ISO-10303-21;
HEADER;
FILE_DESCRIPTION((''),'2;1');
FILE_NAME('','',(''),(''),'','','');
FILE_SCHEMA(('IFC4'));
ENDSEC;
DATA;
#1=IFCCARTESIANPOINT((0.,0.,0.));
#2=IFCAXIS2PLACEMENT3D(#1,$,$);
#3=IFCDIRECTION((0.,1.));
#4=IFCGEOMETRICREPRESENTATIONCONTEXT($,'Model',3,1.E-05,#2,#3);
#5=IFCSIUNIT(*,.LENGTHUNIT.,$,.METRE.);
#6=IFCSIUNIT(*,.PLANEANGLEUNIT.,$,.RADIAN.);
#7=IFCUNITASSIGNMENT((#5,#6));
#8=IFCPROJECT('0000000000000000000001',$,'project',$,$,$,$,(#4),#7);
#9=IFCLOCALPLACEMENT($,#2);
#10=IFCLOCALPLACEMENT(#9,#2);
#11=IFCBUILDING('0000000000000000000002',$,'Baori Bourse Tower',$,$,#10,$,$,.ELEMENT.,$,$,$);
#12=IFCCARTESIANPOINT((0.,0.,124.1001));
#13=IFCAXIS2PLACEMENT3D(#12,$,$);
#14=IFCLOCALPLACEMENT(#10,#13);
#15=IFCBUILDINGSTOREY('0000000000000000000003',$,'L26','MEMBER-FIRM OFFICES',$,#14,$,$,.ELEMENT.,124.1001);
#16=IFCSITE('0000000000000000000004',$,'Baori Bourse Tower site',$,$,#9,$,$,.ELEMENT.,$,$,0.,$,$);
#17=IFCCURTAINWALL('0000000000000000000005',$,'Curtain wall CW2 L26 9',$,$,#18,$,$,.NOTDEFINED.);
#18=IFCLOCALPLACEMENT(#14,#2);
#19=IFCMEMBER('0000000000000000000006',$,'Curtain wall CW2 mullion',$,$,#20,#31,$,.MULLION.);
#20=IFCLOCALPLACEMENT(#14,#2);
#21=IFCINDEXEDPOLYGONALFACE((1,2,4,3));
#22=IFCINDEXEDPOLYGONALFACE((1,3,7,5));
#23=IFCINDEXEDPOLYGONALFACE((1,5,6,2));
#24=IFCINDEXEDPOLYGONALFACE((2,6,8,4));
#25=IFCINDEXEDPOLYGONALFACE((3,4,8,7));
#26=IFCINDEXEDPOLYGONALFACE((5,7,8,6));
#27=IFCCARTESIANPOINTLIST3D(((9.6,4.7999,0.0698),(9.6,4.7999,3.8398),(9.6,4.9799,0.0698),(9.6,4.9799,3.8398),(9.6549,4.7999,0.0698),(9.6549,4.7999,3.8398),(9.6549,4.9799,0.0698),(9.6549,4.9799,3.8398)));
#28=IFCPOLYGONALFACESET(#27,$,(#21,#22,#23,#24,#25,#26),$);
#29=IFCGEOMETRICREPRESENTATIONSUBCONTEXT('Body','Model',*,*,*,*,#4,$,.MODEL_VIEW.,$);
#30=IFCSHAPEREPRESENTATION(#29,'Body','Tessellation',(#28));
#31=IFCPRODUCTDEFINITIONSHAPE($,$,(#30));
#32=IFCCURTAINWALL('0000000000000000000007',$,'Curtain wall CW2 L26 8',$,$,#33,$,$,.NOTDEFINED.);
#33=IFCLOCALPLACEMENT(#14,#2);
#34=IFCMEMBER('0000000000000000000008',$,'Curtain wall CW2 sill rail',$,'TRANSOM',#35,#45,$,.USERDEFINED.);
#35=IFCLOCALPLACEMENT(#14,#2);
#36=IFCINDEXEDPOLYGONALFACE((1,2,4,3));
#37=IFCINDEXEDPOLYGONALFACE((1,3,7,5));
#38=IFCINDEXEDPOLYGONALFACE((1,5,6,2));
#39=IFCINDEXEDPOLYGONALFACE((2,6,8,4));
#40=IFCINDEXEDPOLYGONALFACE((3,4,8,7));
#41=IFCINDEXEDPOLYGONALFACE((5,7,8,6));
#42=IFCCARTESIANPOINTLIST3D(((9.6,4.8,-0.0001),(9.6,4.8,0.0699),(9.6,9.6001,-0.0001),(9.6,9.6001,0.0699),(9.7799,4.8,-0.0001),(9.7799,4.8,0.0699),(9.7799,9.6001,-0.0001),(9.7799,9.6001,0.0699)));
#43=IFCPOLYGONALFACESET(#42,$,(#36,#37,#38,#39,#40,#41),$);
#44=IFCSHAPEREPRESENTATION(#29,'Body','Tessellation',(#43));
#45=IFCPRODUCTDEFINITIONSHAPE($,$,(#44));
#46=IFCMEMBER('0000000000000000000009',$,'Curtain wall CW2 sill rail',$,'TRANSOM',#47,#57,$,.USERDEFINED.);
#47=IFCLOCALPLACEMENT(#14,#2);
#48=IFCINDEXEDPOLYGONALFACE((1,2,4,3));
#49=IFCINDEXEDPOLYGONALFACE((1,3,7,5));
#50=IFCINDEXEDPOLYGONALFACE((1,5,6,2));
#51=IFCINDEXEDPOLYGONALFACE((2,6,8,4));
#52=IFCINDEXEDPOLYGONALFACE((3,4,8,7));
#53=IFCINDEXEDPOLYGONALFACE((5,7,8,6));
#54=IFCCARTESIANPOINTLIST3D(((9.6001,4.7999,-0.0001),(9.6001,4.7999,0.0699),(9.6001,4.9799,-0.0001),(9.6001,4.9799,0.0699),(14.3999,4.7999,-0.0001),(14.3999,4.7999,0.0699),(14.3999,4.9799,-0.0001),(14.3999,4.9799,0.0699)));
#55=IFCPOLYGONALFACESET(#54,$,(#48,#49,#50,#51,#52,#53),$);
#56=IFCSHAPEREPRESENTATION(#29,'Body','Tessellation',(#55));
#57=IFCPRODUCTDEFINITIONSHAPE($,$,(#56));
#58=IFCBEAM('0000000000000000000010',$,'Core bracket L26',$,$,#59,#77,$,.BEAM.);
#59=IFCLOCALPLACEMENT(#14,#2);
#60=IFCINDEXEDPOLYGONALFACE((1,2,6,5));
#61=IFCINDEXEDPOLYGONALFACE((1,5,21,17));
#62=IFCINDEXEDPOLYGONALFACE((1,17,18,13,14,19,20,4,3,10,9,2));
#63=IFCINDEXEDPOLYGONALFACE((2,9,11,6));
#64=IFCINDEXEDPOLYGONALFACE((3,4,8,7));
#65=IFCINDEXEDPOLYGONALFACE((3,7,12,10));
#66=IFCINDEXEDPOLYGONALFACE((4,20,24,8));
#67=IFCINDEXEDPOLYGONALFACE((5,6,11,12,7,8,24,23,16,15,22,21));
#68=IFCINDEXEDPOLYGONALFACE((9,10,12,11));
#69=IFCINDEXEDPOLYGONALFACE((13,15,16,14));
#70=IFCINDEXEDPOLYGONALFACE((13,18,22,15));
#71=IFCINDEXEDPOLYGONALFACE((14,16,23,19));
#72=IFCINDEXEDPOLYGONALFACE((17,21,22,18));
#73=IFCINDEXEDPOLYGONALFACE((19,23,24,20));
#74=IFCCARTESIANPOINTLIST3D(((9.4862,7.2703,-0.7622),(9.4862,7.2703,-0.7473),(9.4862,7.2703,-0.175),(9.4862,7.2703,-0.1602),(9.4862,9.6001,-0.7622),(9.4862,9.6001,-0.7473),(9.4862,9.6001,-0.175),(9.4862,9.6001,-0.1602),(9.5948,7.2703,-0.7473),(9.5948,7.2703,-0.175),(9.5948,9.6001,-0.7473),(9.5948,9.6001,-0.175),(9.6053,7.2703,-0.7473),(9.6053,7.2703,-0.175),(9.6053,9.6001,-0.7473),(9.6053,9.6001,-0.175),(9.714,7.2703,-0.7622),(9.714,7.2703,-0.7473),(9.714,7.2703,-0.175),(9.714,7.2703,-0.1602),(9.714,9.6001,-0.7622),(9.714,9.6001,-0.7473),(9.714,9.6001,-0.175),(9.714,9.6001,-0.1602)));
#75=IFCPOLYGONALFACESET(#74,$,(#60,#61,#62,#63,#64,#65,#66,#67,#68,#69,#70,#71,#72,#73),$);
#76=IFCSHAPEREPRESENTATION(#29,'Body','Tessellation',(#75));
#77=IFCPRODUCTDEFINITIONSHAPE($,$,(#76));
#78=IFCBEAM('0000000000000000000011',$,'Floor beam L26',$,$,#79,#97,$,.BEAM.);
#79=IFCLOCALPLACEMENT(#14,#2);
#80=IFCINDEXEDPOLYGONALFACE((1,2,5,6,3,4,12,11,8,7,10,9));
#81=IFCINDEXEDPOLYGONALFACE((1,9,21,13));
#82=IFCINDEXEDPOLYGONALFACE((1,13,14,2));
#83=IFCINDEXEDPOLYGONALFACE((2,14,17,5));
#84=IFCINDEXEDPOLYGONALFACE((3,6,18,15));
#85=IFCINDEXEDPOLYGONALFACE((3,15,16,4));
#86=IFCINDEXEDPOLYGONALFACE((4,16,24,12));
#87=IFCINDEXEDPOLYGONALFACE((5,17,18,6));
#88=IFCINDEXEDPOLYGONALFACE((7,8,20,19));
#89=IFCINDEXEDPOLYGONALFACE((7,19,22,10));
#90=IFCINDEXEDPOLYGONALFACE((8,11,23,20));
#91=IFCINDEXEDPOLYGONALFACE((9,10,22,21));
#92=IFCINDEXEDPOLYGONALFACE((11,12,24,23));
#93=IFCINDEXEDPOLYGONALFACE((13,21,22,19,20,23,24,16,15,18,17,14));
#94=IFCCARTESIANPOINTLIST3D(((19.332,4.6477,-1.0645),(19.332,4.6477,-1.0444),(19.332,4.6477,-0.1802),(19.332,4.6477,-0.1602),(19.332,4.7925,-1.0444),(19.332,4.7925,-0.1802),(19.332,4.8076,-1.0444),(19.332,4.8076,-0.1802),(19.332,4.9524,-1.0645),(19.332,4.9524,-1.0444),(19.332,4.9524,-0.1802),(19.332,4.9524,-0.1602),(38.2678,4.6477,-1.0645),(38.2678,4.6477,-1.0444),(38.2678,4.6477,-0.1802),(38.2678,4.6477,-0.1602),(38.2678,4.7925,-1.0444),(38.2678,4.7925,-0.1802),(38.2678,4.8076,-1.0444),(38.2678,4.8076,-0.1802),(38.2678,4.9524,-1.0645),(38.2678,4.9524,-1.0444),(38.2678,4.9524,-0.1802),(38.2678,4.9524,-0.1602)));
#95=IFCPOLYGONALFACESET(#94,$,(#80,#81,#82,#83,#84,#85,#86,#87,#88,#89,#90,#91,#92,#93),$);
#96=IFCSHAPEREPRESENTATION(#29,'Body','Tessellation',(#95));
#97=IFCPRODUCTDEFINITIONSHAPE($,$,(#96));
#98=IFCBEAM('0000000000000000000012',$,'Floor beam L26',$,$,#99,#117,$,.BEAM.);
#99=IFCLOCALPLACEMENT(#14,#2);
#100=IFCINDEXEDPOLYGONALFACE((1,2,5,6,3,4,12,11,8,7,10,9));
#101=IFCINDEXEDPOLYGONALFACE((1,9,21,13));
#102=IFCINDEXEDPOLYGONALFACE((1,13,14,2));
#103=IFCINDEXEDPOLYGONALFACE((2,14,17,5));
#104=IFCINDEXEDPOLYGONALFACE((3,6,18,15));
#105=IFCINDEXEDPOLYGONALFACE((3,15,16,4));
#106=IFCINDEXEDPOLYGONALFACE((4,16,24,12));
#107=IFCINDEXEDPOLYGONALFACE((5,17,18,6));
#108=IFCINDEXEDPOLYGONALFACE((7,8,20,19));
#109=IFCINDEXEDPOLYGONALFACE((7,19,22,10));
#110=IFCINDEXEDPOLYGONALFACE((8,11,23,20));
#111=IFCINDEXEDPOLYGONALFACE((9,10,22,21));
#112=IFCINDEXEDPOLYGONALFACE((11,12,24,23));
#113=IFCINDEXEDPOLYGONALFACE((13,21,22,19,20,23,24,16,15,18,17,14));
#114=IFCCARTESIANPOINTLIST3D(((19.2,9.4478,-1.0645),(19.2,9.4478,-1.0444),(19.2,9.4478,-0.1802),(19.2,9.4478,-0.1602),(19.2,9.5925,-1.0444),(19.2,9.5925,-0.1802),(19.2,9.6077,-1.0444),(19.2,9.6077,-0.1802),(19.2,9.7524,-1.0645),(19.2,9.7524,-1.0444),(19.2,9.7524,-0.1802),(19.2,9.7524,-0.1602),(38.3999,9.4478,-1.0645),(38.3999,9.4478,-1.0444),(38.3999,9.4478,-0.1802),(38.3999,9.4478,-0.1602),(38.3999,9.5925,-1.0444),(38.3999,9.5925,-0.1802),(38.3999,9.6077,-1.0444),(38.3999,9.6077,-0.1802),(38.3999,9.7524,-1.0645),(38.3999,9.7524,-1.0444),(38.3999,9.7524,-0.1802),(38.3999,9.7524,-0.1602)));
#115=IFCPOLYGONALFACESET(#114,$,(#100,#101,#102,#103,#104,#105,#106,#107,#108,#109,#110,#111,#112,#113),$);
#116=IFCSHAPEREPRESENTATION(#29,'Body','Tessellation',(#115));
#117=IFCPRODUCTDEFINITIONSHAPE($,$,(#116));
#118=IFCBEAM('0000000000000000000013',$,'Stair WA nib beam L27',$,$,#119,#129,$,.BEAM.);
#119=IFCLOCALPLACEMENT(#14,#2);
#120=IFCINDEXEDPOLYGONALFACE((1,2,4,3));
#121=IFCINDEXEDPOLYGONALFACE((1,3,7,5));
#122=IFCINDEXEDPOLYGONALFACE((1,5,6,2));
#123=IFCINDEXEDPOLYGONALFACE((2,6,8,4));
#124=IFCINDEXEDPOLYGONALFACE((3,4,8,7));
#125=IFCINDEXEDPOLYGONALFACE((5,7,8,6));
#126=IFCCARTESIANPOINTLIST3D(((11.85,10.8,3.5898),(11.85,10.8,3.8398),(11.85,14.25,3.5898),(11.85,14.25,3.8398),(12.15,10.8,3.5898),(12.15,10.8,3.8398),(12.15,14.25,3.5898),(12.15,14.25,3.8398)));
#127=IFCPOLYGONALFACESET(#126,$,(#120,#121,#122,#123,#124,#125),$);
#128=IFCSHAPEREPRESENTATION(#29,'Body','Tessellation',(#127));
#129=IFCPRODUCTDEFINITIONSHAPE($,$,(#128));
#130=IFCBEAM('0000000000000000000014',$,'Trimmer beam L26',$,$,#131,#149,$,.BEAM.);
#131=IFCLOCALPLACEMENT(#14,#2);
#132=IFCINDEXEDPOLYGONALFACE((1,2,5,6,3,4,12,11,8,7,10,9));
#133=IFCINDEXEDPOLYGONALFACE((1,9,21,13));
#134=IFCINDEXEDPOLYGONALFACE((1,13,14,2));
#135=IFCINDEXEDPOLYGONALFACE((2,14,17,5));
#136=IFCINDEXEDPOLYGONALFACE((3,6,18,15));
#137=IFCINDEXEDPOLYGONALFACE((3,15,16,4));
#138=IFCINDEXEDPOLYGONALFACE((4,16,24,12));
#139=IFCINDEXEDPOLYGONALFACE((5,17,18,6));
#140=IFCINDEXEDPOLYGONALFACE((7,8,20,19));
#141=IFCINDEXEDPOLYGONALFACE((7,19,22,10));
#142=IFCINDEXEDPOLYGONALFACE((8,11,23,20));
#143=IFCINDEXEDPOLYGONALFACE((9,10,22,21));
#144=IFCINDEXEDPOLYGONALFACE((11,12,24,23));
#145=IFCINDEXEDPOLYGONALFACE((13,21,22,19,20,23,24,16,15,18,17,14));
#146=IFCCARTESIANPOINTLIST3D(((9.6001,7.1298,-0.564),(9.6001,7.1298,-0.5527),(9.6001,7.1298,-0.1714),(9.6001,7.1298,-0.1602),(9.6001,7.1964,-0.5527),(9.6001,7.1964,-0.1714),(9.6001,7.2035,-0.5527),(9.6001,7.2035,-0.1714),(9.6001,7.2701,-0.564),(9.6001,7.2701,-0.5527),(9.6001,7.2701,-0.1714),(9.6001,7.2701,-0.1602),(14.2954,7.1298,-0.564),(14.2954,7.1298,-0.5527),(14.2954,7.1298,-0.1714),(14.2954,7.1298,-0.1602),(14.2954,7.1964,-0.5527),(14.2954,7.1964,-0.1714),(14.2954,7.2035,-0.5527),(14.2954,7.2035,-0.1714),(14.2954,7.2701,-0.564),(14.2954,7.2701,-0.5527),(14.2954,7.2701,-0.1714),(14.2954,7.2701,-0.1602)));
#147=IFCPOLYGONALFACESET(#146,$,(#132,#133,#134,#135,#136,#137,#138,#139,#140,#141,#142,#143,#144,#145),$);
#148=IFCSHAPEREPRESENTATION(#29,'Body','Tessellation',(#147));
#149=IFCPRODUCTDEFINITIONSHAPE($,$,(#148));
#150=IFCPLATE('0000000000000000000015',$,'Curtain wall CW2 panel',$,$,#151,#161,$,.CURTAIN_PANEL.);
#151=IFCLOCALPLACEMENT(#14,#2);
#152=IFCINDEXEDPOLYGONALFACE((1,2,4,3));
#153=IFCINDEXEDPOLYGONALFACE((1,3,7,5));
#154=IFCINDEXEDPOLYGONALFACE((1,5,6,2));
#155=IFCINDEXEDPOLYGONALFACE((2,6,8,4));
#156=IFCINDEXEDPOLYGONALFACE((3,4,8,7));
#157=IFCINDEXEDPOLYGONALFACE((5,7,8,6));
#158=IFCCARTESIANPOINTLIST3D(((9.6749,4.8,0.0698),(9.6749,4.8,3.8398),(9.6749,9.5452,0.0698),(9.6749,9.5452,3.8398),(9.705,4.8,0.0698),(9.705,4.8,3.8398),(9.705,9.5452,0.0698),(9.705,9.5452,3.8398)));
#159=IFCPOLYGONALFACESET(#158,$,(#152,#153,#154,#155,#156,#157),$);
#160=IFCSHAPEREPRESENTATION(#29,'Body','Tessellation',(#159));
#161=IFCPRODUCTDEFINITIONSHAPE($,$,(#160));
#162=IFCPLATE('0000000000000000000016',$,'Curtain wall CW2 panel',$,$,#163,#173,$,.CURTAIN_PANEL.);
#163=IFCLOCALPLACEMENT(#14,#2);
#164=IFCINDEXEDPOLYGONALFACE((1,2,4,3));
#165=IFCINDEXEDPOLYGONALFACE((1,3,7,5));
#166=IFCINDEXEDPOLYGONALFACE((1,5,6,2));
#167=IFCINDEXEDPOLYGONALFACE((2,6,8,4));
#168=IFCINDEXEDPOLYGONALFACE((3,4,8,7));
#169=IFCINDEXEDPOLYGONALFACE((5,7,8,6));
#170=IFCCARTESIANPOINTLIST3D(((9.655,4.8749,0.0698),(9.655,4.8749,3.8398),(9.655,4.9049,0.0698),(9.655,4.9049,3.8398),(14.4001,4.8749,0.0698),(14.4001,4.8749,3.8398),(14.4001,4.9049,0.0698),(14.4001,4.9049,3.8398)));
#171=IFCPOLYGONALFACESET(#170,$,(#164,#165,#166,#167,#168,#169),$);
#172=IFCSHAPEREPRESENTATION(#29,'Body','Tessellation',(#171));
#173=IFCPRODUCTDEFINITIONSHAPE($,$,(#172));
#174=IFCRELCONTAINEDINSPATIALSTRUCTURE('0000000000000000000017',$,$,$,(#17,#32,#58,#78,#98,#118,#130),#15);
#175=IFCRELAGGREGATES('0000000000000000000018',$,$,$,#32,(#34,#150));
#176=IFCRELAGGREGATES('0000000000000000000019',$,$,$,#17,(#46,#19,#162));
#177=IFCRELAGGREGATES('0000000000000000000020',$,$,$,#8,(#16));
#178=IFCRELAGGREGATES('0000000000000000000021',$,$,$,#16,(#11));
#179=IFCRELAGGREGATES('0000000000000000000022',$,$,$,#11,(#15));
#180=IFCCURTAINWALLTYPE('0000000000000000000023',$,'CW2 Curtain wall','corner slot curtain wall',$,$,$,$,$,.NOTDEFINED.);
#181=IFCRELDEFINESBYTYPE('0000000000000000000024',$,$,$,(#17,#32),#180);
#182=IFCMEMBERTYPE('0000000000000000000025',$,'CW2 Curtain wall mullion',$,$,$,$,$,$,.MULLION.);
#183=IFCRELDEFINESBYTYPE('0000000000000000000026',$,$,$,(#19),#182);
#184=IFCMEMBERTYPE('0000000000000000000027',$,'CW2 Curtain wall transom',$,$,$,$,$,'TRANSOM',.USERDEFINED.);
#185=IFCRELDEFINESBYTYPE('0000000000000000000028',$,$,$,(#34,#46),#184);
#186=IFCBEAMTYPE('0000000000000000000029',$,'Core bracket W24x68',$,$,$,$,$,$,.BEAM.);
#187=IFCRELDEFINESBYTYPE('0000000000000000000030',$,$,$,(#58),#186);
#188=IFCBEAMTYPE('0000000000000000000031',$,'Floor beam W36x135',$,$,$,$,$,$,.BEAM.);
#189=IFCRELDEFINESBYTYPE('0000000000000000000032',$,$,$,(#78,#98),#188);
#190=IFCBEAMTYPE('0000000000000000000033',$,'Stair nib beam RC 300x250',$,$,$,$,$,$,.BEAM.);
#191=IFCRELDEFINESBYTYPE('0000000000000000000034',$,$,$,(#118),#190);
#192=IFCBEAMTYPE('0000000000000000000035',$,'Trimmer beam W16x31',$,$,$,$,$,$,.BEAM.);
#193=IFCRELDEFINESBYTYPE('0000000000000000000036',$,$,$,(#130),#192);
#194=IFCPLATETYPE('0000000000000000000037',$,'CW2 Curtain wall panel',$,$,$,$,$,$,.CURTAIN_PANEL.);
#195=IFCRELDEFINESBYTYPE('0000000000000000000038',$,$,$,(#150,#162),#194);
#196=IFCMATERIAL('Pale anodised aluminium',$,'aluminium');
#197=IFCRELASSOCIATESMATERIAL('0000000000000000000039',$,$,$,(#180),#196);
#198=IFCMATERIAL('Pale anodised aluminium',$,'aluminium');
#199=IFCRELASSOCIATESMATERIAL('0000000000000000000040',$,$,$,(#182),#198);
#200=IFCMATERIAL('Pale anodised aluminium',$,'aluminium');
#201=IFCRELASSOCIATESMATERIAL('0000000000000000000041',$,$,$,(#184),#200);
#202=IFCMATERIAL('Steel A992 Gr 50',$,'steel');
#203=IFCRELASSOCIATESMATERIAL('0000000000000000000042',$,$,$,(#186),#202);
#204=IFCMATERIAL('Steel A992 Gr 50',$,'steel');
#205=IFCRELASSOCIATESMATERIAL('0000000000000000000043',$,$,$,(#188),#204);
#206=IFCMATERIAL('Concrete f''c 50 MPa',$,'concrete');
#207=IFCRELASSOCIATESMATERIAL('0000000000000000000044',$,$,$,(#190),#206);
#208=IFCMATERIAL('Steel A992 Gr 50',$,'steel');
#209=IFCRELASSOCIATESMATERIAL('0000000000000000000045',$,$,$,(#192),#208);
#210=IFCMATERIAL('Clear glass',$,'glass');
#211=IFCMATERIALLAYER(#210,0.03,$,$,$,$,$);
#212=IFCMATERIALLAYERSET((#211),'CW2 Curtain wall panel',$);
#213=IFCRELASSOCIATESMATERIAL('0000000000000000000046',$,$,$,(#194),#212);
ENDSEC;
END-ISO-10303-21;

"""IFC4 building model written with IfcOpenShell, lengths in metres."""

from ifc_helpers import new_model, si_unit, direction, frame, origin, origin_2d, place, context, subcontext, project, spatial, rectangle, i_section, extrude, material, layer, layer_set, material_profile, profile_set, type_object, element, aggregate, save


model = new_model("IFC4")

# Units and contexts
model_context = context("Model", 3, precision=1e-05, world=origin(), true_north=direction((0.0, 1.0)))
body_context = subcontext(model_context, "Body", "Model", "MODEL_VIEW")
ifc_project = project(units=[si_unit("LENGTHUNIT", "METRE"), si_unit("PLANEANGLEUNIT", "RADIAN")], contexts=[model_context])

# Site, building, storey
site_placement = place(None, origin())
site = spatial("IfcSite", under=ifc_project, at=site_placement, Name="Baori Bourse Tower site", CompositionType="ELEMENT", RefElevation=0.0)
building_placement = place(site_placement, origin())
building = spatial("IfcBuilding", under=site, at=building_placement, Name="Baori Bourse Tower", CompositionType="ELEMENT")
storey_placement = place(building_placement, frame((0.0, 0.0, 124.1001)))
storey = spatial("IfcBuildingStorey", under=building, at=storey_placement, Name="L26", Description="MEMBER-FIRM OFFICES", CompositionType="ELEMENT", Elevation=124.1001)

# Curtain walls, members
ifc_material_1 = material(Name="Pale anodised aluminium", Category="aluminium")
curtain_wall_type = type_object("IfcCurtainWallType", Name="CW2 Curtain wall", Description="corner slot curtain wall", PredefinedType="NOTDEFINED", material=ifc_material_1)
curtain_wall_1_placement = place(storey_placement, origin())
curtain_wall_1 = element("IfcCurtainWall", 1, at=curtain_wall_1_placement, inside=storey, type_object=curtain_wall_type, Name="Curtain wall CW2 L26 9", PredefinedType="NOTDEFINED")
ifc_material_2 = material(Name="Pale anodised aluminium", Category="aluminium")
ifc_material_profile_1 = material_profile(ifc_material_2, rectangle(XDim=0.1799, YDim=0.0549, at=origin_2d()), Name="Mullion 55x180")
ifc_profile_set_1 = profile_set([ifc_material_profile_1], Name="Pale anodised aluminium")
member_type_1 = type_object("IfcMemberType", Name="CW2 Curtain wall mullion", PredefinedType="MULLION", material=ifc_profile_set_1)
member_1_placement = place(storey_placement, frame((9.6274, 4.8899, 0.0698), z_axis=(0.0, 0.0, 1.0), x_axis=(0.0, 1.0, 0.0)))
member_1 = element("IfcMember", 2, at=member_1_placement, type_object=member_type_1, Name="Curtain wall CW2 mullion", PredefinedType="MULLION", context=body_context, shape_type="SweptSolid", body=[
    extrude(rectangle(XDim=0.1799, YDim=0.0549, at=origin_2d()), origin(), (0.0, 0.0, 1.0), 3.77),
])
curtain_wall_2_placement = place(storey_placement, origin())
curtain_wall_2 = element("IfcCurtainWall", 3, at=curtain_wall_2_placement, inside=storey, type_object=curtain_wall_type, Name="Curtain wall CW2 L26 8", PredefinedType="NOTDEFINED")
ifc_material_3 = material(Name="Pale anodised aluminium", Category="aluminium")
ifc_material_profile_2 = material_profile(ifc_material_3, rectangle(XDim=0.1799, YDim=0.0701, at=origin_2d()), Name="Transom 70x180")
ifc_profile_set_2 = profile_set([ifc_material_profile_2], Name="Pale anodised aluminium")
member_type_2 = type_object("IfcMemberType", Name="CW2 Curtain wall transom", ElementType="TRANSOM", PredefinedType="USERDEFINED", material=ifc_profile_set_2)
member_2_placement = place(storey_placement, frame((9.6899, 9.6001, 0.0349), z_axis=(0.0, -1.0, 0.0), x_axis=(1.0, 0.0, 0.0)))
member_2 = element("IfcMember", 4, at=member_2_placement, type_object=member_type_2, Name="Curtain wall CW2 sill rail", ObjectType="TRANSOM", PredefinedType="USERDEFINED", context=body_context, shape_type="SweptSolid", body=[
    extrude(rectangle(XDim=0.1799, YDim=0.0701, at=origin_2d()), origin(), (0.0, 0.0, 1.0), 4.8),
])

# Member
member_3_placement = place(storey_placement, frame((9.6001, 4.8899, 0.0349), z_axis=(1.0, 0.0, 0.0), x_axis=(0.0, 1.0, 0.0)))
member_3 = element("IfcMember", 5, at=member_3_placement, type_object=member_type_2, Name="Curtain wall CW2 sill rail", ObjectType="TRANSOM", PredefinedType="USERDEFINED", context=body_context, shape_type="SweptSolid", body=[
    extrude(rectangle(XDim=0.1799, YDim=0.0701, at=origin_2d()), origin(), (0.0, 0.0, 1.0), 4.7998),
])

# Beams
ifc_material_4 = material(Name="Steel A992 Gr 50", Category="steel")
ifc_material_profile_3 = material_profile(ifc_material_4, i_section(OverallWidth=0.2278, OverallDepth=0.6021, WebThickness=0.0105, FlangeThickness=0.0149, at=origin_2d()), Name="W24x68")
ifc_profile_set_3 = profile_set([ifc_material_profile_3], Name="Steel A992 Gr 50")
beam_type_1 = type_object("IfcBeamType", Name="Core bracket W24x68", PredefinedType="BEAM", material=ifc_profile_set_3)
beam_1_placement = place(storey_placement, frame((9.6001, 7.2703, -0.4612), z_axis=(0.0, 1.0, 0.0), x_axis=(-1.0, 0.0, 0.0)))
element("IfcBeam", 6, at=beam_1_placement, inside=storey, type_object=beam_type_1, Name="Core bracket L26", PredefinedType="BEAM", context=body_context, shape_type="SweptSolid", body=[
    extrude(i_section(OverallWidth=0.2278, OverallDepth=0.6021, WebThickness=0.0105, FlangeThickness=0.0149, at=origin_2d()), origin(), (0.0, 0.0, 1.0), 2.3298),
])
ifc_material_5 = material(Name="Steel A992 Gr 50", Category="steel")
ifc_material_profile_4 = material_profile(ifc_material_5, i_section(OverallWidth=0.3047, OverallDepth=0.9043, WebThickness=0.0151, FlangeThickness=0.02, at=origin_2d()), Name="W36x135")
ifc_profile_set_4 = profile_set([ifc_material_profile_4], Name="Steel A992 Gr 50")
beam_type_2 = type_object("IfcBeamType", Name="Floor beam W36x135", PredefinedType="BEAM", material=ifc_profile_set_4)
beam_2_placement = place(storey_placement, frame((19.332, 4.8, -0.6123), z_axis=(1.0, 0.0, 0.0), x_axis=(0.0, 1.0, 0.0)))
element("IfcBeam", 7, at=beam_2_placement, inside=storey, type_object=beam_type_2, Name="Floor beam L26", PredefinedType="BEAM", context=body_context, shape_type="SweptSolid", body=[
    extrude(i_section(OverallWidth=0.3047, OverallDepth=0.9043, WebThickness=0.0151, FlangeThickness=0.02, at=origin_2d()), origin(), (0.0, 0.0, 1.0), 18.9358),
])
beam_3_placement = place(storey_placement, frame((19.2, 9.6001, -0.6123), z_axis=(1.0, 0.0, 0.0), x_axis=(0.0, 1.0, 0.0)))
element("IfcBeam", 8, at=beam_3_placement, inside=storey, type_object=beam_type_2, Name="Floor beam L26", PredefinedType="BEAM", context=body_context, shape_type="SweptSolid", body=[
    extrude(i_section(OverallWidth=0.3047, OverallDepth=0.9043, WebThickness=0.0151, FlangeThickness=0.02, at=origin_2d()), origin(), (0.0, 0.0, 1.0), 19.2),
])
ifc_material_6 = material(Name="Concrete f'c 50 MPa", Category="concrete")
ifc_material_profile_5 = material_profile(ifc_material_6, rectangle(XDim=0.3, YDim=0.25, at=origin_2d()), Name="RC 300x250")
ifc_profile_set_5 = profile_set([ifc_material_profile_5], Name="Concrete f'c 50 MPa")
beam_type_3 = type_object("IfcBeamType", Name="Stair nib beam RC 300x250", PredefinedType="BEAM", material=ifc_profile_set_5)
beam_4_placement = place(storey_placement, frame((12.0, 10.8, 3.7148), z_axis=(0.0, 1.0, 0.0), x_axis=(-1.0, 0.0, 0.0)))
element("IfcBeam", 9, at=beam_4_placement, inside=storey, type_object=beam_type_3, Name="Stair WA nib beam L27", PredefinedType="BEAM", context=body_context, shape_type="SweptSolid", body=[
    extrude(rectangle(XDim=0.3, YDim=0.25, at=origin_2d()), origin(), (0.0, 0.0, 1.0), 3.45),
])
ifc_material_7 = material(Name="Steel A992 Gr 50", Category="steel")
ifc_material_profile_6 = material_profile(ifc_material_7, i_section(OverallWidth=0.1404, OverallDepth=0.4038, WebThickness=0.0071, FlangeThickness=0.0112, at=origin_2d()), Name="W16x31")
ifc_profile_set_6 = profile_set([ifc_material_profile_6], Name="Steel A992 Gr 50")
beam_type_4 = type_object("IfcBeamType", Name="Trimmer beam W16x31", PredefinedType="BEAM", material=ifc_profile_set_6)
beam_5_placement = place(storey_placement, frame((9.6001, 7.2, -0.3621), z_axis=(1.0, 0.0, 0.0), x_axis=(0.0, 1.0, 0.0)))
element("IfcBeam", 10, at=beam_5_placement, inside=storey, type_object=beam_type_4, Name="Trimmer beam L26", PredefinedType="BEAM", context=body_context, shape_type="SweptSolid", body=[
    extrude(i_section(OverallWidth=0.1404, OverallDepth=0.4038, WebThickness=0.0071, FlangeThickness=0.0112, at=origin_2d()), origin(), (0.0, 0.0, 1.0), 4.6953),
])

# Plates
ifc_material_8 = material(Name="Clear glass", Category="glass")
ifc_layer_1 = layer(ifc_material_8, 0.03)
ifc_layer_set_1 = layer_set([ifc_layer_1], Name="CW2 Curtain wall panel")
plate_type = type_object("IfcPlateType", Name="CW2 Curtain wall panel", PredefinedType="CURTAIN_PANEL", material=ifc_layer_set_1)
plate_1_placement = place(storey_placement, frame((9.6899, 7.1726, 0.0698), z_axis=(0.0, 0.0, 1.0), x_axis=(0.0, -1.0, 0.0)))
plate_1 = element("IfcPlate", 11, at=plate_1_placement, type_object=plate_type, Name="Curtain wall CW2 panel", PredefinedType="CURTAIN_PANEL", context=body_context, shape_type="SweptSolid", body=[
    extrude(rectangle(XDim=4.7451, YDim=0.03, at=origin_2d()), origin(), (0.0, 0.0, 1.0), 3.77),
])
aggregate(curtain_wall_2, [member_2, plate_1])
plate_2_placement = place(storey_placement, frame((12.0276, 4.8899, 0.0698), z_axis=(0.0, 0.0, 1.0), x_axis=(1.0, 0.0, 0.0)))
plate_2 = element("IfcPlate", 12, at=plate_2_placement, type_object=plate_type, Name="Curtain wall CW2 panel", PredefinedType="CURTAIN_PANEL", context=body_context, shape_type="SweptSolid", body=[
    extrude(rectangle(XDim=4.7451, YDim=0.03, at=origin_2d()), origin(), (0.0, 0.0, 1.0), 3.77),
])
aggregate(curtain_wall_1, [member_3, member_1, plate_2])

save(model, "model.ifc")
